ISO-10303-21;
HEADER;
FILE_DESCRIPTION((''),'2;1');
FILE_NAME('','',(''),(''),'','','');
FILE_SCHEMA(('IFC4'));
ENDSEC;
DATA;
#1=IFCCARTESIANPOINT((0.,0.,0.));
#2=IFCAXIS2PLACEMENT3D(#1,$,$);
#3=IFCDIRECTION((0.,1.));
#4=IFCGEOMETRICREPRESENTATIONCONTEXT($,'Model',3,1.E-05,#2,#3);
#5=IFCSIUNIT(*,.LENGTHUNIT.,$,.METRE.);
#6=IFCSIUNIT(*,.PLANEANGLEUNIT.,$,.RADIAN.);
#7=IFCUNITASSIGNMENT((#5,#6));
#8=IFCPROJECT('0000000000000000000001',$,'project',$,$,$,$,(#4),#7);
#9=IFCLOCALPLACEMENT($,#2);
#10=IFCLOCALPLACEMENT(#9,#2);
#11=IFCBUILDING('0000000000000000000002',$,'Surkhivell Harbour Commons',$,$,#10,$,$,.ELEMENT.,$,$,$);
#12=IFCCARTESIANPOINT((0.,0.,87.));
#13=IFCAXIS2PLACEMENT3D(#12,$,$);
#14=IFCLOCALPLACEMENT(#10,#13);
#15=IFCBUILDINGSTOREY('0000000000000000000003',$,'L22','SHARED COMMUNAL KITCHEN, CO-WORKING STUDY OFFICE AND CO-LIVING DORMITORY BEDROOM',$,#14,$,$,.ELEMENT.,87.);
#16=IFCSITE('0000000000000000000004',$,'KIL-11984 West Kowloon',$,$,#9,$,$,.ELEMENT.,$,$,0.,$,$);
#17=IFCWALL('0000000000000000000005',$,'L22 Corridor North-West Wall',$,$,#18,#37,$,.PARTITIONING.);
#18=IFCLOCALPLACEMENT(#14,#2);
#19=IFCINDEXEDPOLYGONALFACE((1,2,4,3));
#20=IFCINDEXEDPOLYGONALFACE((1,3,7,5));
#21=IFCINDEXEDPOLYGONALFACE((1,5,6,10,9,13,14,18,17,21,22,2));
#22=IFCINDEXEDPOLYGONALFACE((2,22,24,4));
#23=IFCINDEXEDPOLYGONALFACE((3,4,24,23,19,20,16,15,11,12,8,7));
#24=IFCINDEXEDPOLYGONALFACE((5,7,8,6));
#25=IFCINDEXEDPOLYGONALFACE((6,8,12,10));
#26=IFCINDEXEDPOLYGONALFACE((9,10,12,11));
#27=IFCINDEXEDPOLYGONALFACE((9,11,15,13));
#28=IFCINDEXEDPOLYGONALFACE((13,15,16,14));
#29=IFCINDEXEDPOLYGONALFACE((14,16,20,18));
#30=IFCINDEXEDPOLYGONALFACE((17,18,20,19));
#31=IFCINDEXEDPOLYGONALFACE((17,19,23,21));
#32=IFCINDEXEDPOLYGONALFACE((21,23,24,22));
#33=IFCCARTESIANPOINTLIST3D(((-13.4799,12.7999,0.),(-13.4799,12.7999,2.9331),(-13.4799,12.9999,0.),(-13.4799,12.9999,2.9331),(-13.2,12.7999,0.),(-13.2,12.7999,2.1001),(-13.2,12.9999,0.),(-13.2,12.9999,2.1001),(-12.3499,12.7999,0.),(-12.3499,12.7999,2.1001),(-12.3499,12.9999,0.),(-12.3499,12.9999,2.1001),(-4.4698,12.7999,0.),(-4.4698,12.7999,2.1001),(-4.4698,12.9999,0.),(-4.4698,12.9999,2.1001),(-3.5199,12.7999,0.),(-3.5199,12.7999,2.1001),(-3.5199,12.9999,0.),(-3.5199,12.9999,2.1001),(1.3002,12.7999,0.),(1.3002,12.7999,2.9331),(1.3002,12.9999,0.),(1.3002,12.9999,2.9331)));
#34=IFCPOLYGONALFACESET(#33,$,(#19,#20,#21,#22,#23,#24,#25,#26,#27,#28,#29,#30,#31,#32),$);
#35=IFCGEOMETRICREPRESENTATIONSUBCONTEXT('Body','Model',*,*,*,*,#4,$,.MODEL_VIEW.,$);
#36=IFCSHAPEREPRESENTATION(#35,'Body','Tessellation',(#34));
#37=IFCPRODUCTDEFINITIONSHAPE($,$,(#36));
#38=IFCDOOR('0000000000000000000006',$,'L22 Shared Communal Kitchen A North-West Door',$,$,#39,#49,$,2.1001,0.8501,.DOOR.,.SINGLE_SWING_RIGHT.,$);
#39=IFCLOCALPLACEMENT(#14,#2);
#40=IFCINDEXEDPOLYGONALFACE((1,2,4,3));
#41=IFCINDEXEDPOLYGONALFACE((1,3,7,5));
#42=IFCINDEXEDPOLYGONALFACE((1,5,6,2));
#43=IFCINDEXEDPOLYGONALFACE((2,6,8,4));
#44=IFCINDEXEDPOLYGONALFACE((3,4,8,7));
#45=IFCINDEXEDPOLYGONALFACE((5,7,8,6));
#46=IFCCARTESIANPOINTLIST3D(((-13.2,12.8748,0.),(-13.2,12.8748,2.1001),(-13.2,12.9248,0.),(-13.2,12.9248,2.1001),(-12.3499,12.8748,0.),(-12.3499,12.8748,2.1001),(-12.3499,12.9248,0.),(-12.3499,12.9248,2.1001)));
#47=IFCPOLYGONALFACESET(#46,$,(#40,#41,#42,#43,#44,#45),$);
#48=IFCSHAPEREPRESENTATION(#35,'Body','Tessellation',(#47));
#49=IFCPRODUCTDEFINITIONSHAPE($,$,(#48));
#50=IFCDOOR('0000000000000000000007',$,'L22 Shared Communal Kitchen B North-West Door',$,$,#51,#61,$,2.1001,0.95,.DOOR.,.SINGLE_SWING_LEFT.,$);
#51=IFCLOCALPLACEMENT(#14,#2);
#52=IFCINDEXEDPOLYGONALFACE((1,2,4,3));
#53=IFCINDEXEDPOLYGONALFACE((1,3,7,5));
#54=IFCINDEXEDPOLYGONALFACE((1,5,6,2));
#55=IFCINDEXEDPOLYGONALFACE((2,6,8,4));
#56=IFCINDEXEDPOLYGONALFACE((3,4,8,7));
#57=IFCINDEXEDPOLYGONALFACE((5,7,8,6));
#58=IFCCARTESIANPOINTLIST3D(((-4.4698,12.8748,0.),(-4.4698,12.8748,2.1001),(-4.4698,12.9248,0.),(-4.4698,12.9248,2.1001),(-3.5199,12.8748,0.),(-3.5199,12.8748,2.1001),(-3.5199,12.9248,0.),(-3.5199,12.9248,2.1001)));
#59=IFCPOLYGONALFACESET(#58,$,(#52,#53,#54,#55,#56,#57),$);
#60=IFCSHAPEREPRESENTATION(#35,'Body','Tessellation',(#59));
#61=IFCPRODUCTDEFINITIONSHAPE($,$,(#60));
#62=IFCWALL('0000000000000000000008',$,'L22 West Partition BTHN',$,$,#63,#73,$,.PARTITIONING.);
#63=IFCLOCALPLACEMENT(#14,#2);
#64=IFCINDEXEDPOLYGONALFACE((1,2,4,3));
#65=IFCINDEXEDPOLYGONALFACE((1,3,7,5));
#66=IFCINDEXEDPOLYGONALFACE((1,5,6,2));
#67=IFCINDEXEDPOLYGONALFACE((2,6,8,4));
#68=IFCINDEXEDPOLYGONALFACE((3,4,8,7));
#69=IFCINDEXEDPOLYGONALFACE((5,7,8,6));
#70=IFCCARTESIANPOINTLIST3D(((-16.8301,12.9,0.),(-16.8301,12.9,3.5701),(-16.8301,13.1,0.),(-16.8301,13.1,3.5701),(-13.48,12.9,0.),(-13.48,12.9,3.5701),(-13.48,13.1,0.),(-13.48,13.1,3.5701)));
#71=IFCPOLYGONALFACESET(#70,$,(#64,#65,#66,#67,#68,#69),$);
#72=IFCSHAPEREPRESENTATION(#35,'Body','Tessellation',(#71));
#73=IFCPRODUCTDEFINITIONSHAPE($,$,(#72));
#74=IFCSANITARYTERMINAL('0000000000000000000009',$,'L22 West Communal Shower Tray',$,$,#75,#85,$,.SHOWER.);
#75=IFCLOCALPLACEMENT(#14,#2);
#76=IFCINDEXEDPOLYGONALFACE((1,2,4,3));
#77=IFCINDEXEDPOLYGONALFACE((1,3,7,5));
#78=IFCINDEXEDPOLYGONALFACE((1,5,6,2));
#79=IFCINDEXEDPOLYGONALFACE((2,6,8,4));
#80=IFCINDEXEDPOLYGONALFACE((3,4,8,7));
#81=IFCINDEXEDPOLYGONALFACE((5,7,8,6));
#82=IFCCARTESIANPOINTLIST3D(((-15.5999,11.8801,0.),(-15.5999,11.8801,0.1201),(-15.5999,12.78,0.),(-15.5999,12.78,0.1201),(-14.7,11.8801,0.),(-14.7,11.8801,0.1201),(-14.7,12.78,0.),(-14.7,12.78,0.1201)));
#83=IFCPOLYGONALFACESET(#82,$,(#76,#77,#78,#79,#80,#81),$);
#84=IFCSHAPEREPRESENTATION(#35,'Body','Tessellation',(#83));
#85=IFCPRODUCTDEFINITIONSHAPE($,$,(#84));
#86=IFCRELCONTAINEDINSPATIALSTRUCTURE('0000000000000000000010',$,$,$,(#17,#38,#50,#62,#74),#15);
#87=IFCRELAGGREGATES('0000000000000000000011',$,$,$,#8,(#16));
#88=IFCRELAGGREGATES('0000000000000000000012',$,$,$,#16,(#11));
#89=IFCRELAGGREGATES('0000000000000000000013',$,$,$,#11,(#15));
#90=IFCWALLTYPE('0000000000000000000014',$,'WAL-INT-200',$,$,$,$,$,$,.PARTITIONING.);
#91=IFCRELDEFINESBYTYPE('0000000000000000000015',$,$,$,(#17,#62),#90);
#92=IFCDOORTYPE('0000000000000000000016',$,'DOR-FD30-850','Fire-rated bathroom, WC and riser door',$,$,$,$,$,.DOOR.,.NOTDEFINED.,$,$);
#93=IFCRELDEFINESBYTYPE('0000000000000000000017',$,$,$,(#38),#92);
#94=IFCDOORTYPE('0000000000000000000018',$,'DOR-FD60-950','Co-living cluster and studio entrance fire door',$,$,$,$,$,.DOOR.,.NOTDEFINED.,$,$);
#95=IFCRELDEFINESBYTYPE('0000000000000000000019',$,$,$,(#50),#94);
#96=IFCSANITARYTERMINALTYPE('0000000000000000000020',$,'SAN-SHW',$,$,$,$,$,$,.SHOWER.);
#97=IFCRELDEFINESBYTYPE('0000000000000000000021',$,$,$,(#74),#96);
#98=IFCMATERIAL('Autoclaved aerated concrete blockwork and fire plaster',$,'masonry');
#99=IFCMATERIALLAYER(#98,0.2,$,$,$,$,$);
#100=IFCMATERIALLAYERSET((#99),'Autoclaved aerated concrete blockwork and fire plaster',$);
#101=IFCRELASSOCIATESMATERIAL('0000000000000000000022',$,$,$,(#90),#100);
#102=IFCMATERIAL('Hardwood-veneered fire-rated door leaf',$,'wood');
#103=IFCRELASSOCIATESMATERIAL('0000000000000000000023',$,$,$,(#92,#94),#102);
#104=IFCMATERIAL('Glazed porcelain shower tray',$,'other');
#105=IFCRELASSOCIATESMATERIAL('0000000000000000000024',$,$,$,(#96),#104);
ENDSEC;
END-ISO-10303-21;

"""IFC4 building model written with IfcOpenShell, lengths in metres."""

from ifc_helpers import new_model, si_unit, direction, frame, frame_2d, origin, origin_2d, place, context, subcontext, project, spatial, rectangle, extrude, material, layer, layer_set, type_object, element, fill, save


model = new_model("IFC4")

# Units and contexts
model_context = context("Model", 3, precision=1e-05, world=origin(), true_north=direction((0.0, 1.0)))
body_context = subcontext(model_context, "Body", "Model", "MODEL_VIEW")
ifc_project = project(units=[si_unit("LENGTHUNIT", "METRE"), si_unit("PLANEANGLEUNIT", "RADIAN")], contexts=[model_context])

# Site, building, storey
site_placement = place(None, origin())
site = spatial("IfcSite", under=ifc_project, at=site_placement, Name="KIL-11984 West Kowloon", CompositionType="ELEMENT", RefElevation=0.0)
building_placement = place(site_placement, origin())
building = spatial("IfcBuilding", under=site, at=building_placement, Name="Surkhivell Harbour Commons", CompositionType="ELEMENT")
storey_placement = place(building_placement, frame((0.0, 0.0, 87.0)))
storey = spatial("IfcBuildingStorey", under=building, at=storey_placement, Name="L22", Description="SHARED COMMUNAL KITCHEN, CO-WORKING STUDY OFFICE AND CO-LIVING DORMITORY BEDROOM", CompositionType="ELEMENT", Elevation=87.0)

# Shared definitions
ifc_material_1 = material(Name="Autoclaved aerated concrete blockwork and fire plaster", Category="masonry")
ifc_layer_1 = layer(ifc_material_1, 0.2)
ifc_layer_set_1 = layer_set([ifc_layer_1], Name="Autoclaved aerated concrete blockwork and fire plaster")
wall_type_1 = type_object("IfcWallType", Name="WAL-INT-200", PredefinedType="PARTITIONING", material=ifc_layer_set_1)

# Wall, openings, doors
wall_1_placement = place(storey_placement, frame((-13.48, 12.8999, 0.0), z_axis=(0.0, 0.0, 1.0), x_axis=(1.0, 0.0, 0.0)))
wall_1 = element("IfcWall", 1, at=wall_1_placement, inside=storey, type_object=wall_type_1, Name="L22 Corridor North-West Wall", PredefinedType="PARTITIONING", context=body_context, shape_type="SweptSolid", body=[
    extrude(rectangle(XDim=14.78, YDim=0.2, at=frame_2d((7.3901, 0.0))), origin(), (0.0, 0.0, 1.0), 2.9331),
])
opening_1_placement = place(wall_1_placement, frame((0.28, 0.0, 0.0)))
opening_1 = element("IfcOpeningElement", 2, at=opening_1_placement, cuts=wall_1, PredefinedType="OPENING", context=body_context, shape_type="SweptSolid", body=[
    extrude(rectangle(XDim=0.8501, YDim=2.1001, at=frame_2d((0.425, 1.05))), frame((0.0, 0.1099, 0.0), z_axis=(0.0, -1.0, 0.0), x_axis=(1.0, 0.0, 0.0)), (0.0, 0.0, 1.0), 0.22),
])
opening_2_placement = place(wall_1_placement, frame((9.01, 0.0, 0.0)))
opening_2 = element("IfcOpeningElement", 3, at=opening_2_placement, cuts=wall_1, PredefinedType="OPENING", context=body_context, shape_type="SweptSolid", body=[
    extrude(rectangle(XDim=0.95, YDim=2.1001, at=frame_2d((0.4751, 1.05))), frame((0.0, 0.1099, 0.0), z_axis=(0.0, -1.0, 0.0), x_axis=(1.0, 0.0, 0.0)), (0.0, 0.0, 1.0), 0.22),
])
ifc_material_2 = material(Name="Hardwood-veneered fire-rated door leaf", Category="wood")
door_type_1 = type_object("IfcDoorType", Name="DOR-FD30-850", Description="Fire-rated bathroom, WC and riser door", OperationType="NOTDEFINED", PredefinedType="DOOR", material=ifc_material_2)
door_1_placement = place(opening_1_placement, origin())
door_1 = element("IfcDoor", 4, at=door_1_placement, inside=storey, type_object=door_type_1, Name="L22 Shared Communal Kitchen A North-West Door", OperationType="SINGLE_SWING_RIGHT", OverallHeight=2.1001, OverallWidth=0.8501, PredefinedType="DOOR", context=body_context, shape_type="SweptSolid", body=[
    extrude(rectangle(XDim=0.8501, YDim=2.1001, at=frame_2d((0.425, 1.05))), frame((0.0, 0.0249, 0.0), z_axis=(0.0, -1.0, 0.0), x_axis=(1.0, 0.0, 0.0)), (0.0, 0.0, 1.0), 0.05),
])
fill(opening_1, door_1)
door_type_2 = type_object("IfcDoorType", Name="DOR-FD60-950", Description="Co-living cluster and studio entrance fire door", OperationType="NOTDEFINED", PredefinedType="DOOR", material=ifc_material_2)
door_2_placement = place(opening_2_placement, origin())
door_2 = element("IfcDoor", 5, at=door_2_placement, inside=storey, type_object=door_type_2, Name="L22 Shared Communal Kitchen B North-West Door", OperationType="SINGLE_SWING_LEFT", OverallHeight=2.1001, OverallWidth=0.95, PredefinedType="DOOR", context=body_context, shape_type="SweptSolid", body=[
    extrude(rectangle(XDim=0.95, YDim=2.1001, at=frame_2d((0.4751, 1.05))), frame((0.0, 0.0249, 0.0), z_axis=(0.0, -1.0, 0.0), x_axis=(1.0, 0.0, 0.0)), (0.0, 0.0, 1.0), 0.05),
])
fill(opening_2, door_2)

# Wall
wall_2_placement = place(storey_placement, frame((-16.8301, 13.0, 0.0), z_axis=(0.0, 0.0, 1.0), x_axis=(1.0, 0.0, 0.0)))
element("IfcWall", 6, at=wall_2_placement, inside=storey, type_object=wall_type_1, Name="L22 West Partition BTHN", PredefinedType="PARTITIONING", context=body_context, shape_type="SweptSolid", body=[
    extrude(rectangle(XDim=3.3501, YDim=0.2, at=frame_2d((1.675, 0.0))), origin(), (0.0, 0.0, 1.0), 3.5701),
])

# Sanitary terminal
ifc_material_3 = material(Name="Glazed porcelain shower tray", Category="other")
sanitary_terminal_type = type_object("IfcSanitaryTerminalType", Name="SAN-SHW", PredefinedType="SHOWER", material=ifc_material_3)
sanitary_terminal_placement = place(storey_placement, frame((-15.1499, 12.3301, 0.0), z_axis=(0.0, 0.0, 1.0), x_axis=(1.0, 0.0, 0.0)))
element("IfcSanitaryTerminal", 7, at=sanitary_terminal_placement, inside=storey, type_object=sanitary_terminal_type, Name="L22 West Communal Shower Tray", PredefinedType="SHOWER", context=body_context, shape_type="SweptSolid", body=[
    extrude(rectangle(XDim=0.8999, YDim=0.8999, at=origin_2d()), origin(), (0.0, 0.0, 1.0), 0.1201),
])

save(model, "model.ifc")
